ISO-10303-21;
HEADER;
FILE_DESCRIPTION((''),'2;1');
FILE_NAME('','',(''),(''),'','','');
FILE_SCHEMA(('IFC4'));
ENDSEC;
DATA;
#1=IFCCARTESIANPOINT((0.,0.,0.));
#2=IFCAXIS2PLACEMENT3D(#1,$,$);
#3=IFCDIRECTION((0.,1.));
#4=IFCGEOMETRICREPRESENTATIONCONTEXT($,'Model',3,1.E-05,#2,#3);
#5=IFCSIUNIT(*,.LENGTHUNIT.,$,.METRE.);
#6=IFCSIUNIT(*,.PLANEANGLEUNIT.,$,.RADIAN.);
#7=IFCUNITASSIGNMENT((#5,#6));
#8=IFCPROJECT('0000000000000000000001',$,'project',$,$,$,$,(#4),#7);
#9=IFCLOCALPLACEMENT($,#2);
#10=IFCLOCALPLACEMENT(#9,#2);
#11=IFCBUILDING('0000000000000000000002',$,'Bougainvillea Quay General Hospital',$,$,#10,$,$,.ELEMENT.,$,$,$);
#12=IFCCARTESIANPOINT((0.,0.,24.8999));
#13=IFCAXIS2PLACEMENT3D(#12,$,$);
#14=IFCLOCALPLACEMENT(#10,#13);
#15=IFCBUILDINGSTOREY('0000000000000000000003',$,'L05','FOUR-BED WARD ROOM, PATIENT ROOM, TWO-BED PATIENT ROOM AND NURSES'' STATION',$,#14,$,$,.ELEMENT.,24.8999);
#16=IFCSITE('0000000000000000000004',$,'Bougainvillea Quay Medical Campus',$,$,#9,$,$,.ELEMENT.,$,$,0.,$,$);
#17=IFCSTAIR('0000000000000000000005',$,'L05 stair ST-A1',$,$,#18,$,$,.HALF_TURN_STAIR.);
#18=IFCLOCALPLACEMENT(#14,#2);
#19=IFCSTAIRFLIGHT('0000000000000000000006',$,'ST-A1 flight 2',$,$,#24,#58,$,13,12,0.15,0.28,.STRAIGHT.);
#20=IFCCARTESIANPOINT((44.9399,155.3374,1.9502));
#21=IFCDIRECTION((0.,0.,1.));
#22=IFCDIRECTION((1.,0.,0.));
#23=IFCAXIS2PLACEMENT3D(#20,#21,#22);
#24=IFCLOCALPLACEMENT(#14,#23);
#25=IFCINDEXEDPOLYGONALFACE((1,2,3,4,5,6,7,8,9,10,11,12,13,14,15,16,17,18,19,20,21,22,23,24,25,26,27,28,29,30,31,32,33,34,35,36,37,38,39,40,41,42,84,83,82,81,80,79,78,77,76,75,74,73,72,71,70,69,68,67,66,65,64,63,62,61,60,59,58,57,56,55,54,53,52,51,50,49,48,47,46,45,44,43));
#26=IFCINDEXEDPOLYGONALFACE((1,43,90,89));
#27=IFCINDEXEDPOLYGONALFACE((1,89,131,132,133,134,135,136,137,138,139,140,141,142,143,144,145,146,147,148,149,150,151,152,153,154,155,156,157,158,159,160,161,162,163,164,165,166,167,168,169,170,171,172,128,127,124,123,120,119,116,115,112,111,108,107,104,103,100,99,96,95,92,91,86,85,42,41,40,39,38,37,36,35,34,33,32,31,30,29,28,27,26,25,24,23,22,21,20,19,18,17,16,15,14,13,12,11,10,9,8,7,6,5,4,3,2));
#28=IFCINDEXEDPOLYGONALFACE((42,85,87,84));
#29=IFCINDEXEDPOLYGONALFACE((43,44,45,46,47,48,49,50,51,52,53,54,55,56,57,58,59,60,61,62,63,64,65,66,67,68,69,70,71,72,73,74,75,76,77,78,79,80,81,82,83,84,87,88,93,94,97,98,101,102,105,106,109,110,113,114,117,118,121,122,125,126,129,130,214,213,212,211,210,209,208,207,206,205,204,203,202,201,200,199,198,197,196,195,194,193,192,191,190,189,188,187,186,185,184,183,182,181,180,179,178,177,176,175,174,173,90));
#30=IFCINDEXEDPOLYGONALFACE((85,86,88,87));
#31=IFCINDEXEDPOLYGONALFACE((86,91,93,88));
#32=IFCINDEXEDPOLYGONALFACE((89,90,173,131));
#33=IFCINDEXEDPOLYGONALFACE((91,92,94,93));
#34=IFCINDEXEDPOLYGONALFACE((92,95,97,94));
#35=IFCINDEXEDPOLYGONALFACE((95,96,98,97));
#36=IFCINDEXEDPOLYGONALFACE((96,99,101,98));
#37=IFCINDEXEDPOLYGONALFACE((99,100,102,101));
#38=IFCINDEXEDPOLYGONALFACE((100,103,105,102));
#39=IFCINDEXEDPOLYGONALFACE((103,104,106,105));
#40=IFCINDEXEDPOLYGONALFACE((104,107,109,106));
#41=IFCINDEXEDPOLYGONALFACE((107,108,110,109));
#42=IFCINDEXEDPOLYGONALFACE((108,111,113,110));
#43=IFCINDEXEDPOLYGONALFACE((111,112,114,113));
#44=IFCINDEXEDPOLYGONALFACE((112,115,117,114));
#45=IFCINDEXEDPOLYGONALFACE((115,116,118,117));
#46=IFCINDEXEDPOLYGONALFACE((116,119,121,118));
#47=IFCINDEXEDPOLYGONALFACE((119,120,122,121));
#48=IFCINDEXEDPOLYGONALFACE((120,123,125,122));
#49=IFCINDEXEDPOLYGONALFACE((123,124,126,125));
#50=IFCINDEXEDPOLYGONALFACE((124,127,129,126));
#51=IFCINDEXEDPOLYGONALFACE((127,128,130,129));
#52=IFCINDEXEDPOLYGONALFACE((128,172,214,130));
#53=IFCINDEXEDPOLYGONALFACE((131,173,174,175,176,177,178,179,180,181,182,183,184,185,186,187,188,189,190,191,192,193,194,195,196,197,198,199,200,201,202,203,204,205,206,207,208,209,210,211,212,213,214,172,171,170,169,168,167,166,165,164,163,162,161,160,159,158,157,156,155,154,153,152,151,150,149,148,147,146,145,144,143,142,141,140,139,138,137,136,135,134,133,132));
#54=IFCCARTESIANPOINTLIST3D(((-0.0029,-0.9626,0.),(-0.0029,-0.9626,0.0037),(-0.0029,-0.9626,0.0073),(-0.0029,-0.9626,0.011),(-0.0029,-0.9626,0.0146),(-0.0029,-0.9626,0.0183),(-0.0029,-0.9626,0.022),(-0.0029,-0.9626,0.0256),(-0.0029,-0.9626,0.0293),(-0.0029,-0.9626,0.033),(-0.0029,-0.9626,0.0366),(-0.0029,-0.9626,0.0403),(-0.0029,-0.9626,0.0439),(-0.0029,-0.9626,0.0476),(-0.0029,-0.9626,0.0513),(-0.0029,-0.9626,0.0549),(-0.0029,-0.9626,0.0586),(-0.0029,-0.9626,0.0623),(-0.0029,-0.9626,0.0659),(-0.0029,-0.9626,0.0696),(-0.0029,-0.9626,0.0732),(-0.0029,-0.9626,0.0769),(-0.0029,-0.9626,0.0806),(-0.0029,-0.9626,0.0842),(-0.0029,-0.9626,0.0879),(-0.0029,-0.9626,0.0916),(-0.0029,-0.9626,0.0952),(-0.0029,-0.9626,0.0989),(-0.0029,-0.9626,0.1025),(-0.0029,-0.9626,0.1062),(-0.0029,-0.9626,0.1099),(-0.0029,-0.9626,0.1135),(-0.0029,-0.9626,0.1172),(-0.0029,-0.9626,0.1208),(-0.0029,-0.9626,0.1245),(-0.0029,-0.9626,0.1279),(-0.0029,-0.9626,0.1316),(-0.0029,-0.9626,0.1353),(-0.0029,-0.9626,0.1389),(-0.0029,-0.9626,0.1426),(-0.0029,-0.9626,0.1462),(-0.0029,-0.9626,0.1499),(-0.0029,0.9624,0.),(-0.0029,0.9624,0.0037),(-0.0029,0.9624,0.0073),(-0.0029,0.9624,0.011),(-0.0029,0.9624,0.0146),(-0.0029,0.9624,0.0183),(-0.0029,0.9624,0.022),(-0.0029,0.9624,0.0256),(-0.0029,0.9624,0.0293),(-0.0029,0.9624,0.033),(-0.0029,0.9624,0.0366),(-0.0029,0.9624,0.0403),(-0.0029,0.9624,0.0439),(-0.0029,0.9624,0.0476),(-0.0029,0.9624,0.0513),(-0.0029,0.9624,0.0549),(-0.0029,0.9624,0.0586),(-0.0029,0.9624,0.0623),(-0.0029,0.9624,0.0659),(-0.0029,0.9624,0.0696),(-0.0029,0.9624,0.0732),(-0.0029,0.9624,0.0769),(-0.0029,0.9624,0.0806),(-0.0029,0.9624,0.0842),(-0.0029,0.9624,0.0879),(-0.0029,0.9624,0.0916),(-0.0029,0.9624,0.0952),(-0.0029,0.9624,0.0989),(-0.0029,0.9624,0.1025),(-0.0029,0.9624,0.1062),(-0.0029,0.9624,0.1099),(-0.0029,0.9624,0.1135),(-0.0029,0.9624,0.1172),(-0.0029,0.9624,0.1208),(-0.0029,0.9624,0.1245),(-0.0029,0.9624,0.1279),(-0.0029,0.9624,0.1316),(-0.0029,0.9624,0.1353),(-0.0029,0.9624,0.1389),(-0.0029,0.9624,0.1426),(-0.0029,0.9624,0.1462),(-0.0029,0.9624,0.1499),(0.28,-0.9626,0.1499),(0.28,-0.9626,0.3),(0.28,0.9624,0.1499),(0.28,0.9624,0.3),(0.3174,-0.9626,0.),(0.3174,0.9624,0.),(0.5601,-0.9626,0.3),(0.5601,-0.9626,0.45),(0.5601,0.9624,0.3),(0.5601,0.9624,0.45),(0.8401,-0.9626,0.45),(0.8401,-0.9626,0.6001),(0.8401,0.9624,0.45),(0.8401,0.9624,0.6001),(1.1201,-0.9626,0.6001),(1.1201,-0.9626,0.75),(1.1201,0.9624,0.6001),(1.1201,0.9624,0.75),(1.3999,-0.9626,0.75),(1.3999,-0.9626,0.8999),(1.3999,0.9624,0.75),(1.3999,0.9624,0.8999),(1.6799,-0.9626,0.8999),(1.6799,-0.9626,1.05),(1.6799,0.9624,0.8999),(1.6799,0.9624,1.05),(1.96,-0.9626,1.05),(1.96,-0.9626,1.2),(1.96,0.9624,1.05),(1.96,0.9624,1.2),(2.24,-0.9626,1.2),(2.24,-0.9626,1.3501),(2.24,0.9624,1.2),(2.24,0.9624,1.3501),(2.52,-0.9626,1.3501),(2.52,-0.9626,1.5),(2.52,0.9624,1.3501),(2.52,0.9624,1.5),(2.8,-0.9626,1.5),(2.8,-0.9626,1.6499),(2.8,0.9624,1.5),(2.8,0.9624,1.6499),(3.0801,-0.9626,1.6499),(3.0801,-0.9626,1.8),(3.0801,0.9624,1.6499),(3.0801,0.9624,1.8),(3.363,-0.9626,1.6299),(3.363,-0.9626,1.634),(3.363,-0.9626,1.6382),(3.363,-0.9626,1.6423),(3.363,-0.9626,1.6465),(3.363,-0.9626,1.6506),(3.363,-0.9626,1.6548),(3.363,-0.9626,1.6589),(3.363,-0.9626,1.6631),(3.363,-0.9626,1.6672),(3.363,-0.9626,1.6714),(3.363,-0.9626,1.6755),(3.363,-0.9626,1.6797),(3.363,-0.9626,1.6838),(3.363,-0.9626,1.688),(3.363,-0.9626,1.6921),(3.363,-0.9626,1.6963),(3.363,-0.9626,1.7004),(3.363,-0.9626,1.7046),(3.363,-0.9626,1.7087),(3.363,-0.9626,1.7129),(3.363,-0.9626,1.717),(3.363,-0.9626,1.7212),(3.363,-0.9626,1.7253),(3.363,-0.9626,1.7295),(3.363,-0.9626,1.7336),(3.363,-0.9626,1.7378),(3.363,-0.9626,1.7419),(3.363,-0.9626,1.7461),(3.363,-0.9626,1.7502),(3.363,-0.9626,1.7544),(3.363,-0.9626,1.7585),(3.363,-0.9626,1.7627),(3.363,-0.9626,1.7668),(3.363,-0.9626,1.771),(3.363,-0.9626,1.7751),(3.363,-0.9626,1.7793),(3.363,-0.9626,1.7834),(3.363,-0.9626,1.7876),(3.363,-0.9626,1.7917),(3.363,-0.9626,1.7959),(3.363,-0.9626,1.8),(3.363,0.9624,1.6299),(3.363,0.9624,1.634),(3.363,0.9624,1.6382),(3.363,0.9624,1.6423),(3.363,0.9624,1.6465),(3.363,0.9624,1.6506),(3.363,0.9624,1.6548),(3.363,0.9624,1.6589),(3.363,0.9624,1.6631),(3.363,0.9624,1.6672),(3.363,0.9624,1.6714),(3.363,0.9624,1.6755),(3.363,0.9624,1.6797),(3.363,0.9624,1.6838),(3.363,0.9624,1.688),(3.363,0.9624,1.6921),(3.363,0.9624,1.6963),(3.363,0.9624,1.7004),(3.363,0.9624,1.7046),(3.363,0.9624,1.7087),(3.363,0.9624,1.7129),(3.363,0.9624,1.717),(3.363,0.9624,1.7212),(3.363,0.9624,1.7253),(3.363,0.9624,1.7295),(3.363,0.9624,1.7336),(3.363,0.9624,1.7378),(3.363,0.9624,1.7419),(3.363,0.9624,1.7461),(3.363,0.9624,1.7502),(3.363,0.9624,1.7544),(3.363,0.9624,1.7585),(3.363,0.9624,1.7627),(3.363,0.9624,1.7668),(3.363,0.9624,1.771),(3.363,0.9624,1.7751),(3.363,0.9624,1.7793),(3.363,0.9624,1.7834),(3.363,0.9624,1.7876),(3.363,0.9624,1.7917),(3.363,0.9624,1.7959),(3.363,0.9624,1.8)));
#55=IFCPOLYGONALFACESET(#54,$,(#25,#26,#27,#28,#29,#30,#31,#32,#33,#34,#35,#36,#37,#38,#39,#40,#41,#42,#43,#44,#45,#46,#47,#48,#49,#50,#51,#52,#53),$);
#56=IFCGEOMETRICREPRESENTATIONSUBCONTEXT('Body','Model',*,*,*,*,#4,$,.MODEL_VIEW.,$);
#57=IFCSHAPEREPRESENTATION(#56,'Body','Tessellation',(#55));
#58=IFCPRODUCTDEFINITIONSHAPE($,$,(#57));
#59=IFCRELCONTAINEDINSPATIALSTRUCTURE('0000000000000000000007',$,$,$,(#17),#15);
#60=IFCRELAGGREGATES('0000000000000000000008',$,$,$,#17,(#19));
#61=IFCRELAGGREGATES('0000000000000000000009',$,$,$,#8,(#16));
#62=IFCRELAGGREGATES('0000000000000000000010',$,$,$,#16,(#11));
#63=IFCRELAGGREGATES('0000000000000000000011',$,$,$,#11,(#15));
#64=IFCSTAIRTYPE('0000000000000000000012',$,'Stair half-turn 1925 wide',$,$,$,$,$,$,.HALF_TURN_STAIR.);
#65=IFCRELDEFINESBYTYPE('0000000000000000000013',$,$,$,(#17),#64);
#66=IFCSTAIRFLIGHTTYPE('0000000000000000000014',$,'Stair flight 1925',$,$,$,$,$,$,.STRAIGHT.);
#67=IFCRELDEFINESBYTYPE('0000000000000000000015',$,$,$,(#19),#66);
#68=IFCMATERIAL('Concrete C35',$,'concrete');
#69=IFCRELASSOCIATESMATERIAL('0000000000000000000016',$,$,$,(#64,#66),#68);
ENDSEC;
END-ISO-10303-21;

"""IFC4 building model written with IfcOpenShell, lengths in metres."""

from ifc_helpers import new_model, si_unit, direction, frame, origin, place, context, subcontext, project, spatial, polyline, outline, extrude, material, type_object, element, aggregate, save


model = new_model("IFC4")

# Units and contexts
model_context = context("Model", 3, precision=1e-05, world=origin(), true_north=direction((0.0, 1.0)))
body_context = subcontext(model_context, "Body", "Model", "MODEL_VIEW")
ifc_project = project(units=[si_unit("LENGTHUNIT", "METRE"), si_unit("PLANEANGLEUNIT", "RADIAN")], contexts=[model_context])

# Site, building, storey
site_placement = place(None, origin())
site = spatial("IfcSite", under=ifc_project, at=site_placement, Name="Bougainvillea Quay Medical Campus", CompositionType="ELEMENT", RefElevation=0.0)
building_placement = place(site_placement, origin())
building = spatial("IfcBuilding", under=site, at=building_placement, Name="Bougainvillea Quay General Hospital", CompositionType="ELEMENT")
storey_placement = place(building_placement, frame((0.0, 0.0, 24.8999)))
storey = spatial("IfcBuildingStorey", under=building, at=storey_placement, Name="L05", Description="FOUR-BED WARD ROOM, PATIENT ROOM, TWO-BED PATIENT ROOM AND NURSES' STATION", CompositionType="ELEMENT", Elevation=24.8999)

# Stair, stair flight
ifc_material_1 = material(Name="Concrete C35", Category="concrete")
stair_type = type_object("IfcStairType", Name="Stair half-turn 1925 wide", PredefinedType="HALF_TURN_STAIR", material=ifc_material_1)
stair_placement = place(storey_placement, origin())
stair = element("IfcStair", 1, at=stair_placement, inside=storey, type_object=stair_type, Name="L05 stair ST-A1", PredefinedType="HALF_TURN_STAIR")
stair_flight_type = type_object("IfcStairFlightType", Name="Stair flight 1925", PredefinedType="STRAIGHT", material=ifc_material_1)
stair_flight_placement = place(storey_placement, frame((44.9399, 155.3374, 1.9502), z_axis=(0.0, 0.0, 1.0), x_axis=(1.0, 0.0, 0.0)))
stair_flight = element("IfcStairFlight", 2, at=stair_flight_placement, type_object=stair_flight_type, Name="ST-A1 flight 2", NumberOfRisers=13, NumberOfTreads=12, PredefinedType="STRAIGHT", RiserHeight=0.15, TreadLength=0.28, context=body_context, shape_type="SweptSolid", body=[
    extrude(outline(polyline([(-0.0029, 0.0), (-0.0029, 0.0037), (-0.0029, 0.0073), (-0.0029, 0.011), (-0.0029, 0.0146), (-0.0029, 0.0183), (-0.0029, 0.022), (-0.0029, 0.0256), (-0.0029, 0.0293), (-0.0029, 0.033), (-0.0029, 0.0366), (-0.0029, 0.0403), (-0.0029, 0.0439), (-0.0029, 0.0476), (-0.0029, 0.0513), (-0.0029, 0.0549), (-0.0029, 0.0586), (-0.0029, 0.0623), (-0.0029, 0.0659), (-0.0029, 0.0696), (-0.0029, 0.0732), (-0.0029, 0.0769), (-0.0029, 0.0806), (-0.0029, 0.0842), (-0.0029, 0.0879), (-0.0029, 0.0916), (-0.0029, 0.0952), (-0.0029, 0.0989), (-0.0029, 0.1025), (-0.0029, 0.1062), (-0.0029, 0.1099), (-0.0029, 0.1135), (-0.0029, 0.1172), (-0.0029, 0.1208), (-0.0029, 0.1245), (-0.0029, 0.1279), (-0.0029, 0.1316), (-0.0029, 0.1353), (-0.0029, 0.1389), (-0.0029, 0.1426), (-0.0029, 0.1462), (-0.0029, 0.1499), (0.28, 0.1499), (0.28, 0.3), (0.5601, 0.3), (0.5601, 0.45), (0.8401, 0.45), (0.8401, 0.6001), (1.1201, 0.6001), (1.1201, 0.75), (1.3999, 0.75), (1.3999, 0.8999), (1.6799, 0.8999), (1.6799, 1.05), (1.96, 1.05), (1.96, 1.2), (2.24, 1.2), (2.24, 1.3501), (2.52, 1.3501), (2.52, 1.5), (2.8, 1.5), (2.8, 1.6499), (3.0801, 1.6499), (3.0801, 1.8), (3.363, 1.8), (3.363, 1.7959), (3.363, 1.7917), (3.363, 1.7876), (3.363, 1.7834), (3.363, 1.7793), (3.363, 1.7751), (3.363, 1.771), (3.363, 1.7668), (3.363, 1.7627), (3.363, 1.7585), (3.363, 1.7544), (3.363, 1.7502), (3.363, 1.7461), (3.363, 1.7419), (3.363, 1.7378), (3.363, 1.7336), (3.363, 1.7295), (3.363, 1.7253), (3.363, 1.7212), (3.363, 1.717), (3.363, 1.7129), (3.363, 1.7087), (3.363, 1.7046), (3.363, 1.7004), (3.363, 1.6963), (3.363, 1.6921), (3.363, 1.688), (3.363, 1.6838), (3.363, 1.6797), (3.363, 1.6755), (3.363, 1.6714), (3.363, 1.6672), (3.363, 1.6631), (3.363, 1.6589), (3.363, 1.6548), (3.363, 1.6506), (3.363, 1.6465), (3.363, 1.6423), (3.363, 1.6382), (3.363, 1.634), (3.363, 1.6299), (0.3174, 0.0), (-0.0029, 0.0)])), frame((0.0, 0.9624, 0.0), z_axis=(0.0, -1.0, 0.0), x_axis=(1.0, 0.0, 0.0)), (0.0, 0.0, 1.0), 1.925),
])
aggregate(stair, [stair_flight])

save(model, "model.ifc")
